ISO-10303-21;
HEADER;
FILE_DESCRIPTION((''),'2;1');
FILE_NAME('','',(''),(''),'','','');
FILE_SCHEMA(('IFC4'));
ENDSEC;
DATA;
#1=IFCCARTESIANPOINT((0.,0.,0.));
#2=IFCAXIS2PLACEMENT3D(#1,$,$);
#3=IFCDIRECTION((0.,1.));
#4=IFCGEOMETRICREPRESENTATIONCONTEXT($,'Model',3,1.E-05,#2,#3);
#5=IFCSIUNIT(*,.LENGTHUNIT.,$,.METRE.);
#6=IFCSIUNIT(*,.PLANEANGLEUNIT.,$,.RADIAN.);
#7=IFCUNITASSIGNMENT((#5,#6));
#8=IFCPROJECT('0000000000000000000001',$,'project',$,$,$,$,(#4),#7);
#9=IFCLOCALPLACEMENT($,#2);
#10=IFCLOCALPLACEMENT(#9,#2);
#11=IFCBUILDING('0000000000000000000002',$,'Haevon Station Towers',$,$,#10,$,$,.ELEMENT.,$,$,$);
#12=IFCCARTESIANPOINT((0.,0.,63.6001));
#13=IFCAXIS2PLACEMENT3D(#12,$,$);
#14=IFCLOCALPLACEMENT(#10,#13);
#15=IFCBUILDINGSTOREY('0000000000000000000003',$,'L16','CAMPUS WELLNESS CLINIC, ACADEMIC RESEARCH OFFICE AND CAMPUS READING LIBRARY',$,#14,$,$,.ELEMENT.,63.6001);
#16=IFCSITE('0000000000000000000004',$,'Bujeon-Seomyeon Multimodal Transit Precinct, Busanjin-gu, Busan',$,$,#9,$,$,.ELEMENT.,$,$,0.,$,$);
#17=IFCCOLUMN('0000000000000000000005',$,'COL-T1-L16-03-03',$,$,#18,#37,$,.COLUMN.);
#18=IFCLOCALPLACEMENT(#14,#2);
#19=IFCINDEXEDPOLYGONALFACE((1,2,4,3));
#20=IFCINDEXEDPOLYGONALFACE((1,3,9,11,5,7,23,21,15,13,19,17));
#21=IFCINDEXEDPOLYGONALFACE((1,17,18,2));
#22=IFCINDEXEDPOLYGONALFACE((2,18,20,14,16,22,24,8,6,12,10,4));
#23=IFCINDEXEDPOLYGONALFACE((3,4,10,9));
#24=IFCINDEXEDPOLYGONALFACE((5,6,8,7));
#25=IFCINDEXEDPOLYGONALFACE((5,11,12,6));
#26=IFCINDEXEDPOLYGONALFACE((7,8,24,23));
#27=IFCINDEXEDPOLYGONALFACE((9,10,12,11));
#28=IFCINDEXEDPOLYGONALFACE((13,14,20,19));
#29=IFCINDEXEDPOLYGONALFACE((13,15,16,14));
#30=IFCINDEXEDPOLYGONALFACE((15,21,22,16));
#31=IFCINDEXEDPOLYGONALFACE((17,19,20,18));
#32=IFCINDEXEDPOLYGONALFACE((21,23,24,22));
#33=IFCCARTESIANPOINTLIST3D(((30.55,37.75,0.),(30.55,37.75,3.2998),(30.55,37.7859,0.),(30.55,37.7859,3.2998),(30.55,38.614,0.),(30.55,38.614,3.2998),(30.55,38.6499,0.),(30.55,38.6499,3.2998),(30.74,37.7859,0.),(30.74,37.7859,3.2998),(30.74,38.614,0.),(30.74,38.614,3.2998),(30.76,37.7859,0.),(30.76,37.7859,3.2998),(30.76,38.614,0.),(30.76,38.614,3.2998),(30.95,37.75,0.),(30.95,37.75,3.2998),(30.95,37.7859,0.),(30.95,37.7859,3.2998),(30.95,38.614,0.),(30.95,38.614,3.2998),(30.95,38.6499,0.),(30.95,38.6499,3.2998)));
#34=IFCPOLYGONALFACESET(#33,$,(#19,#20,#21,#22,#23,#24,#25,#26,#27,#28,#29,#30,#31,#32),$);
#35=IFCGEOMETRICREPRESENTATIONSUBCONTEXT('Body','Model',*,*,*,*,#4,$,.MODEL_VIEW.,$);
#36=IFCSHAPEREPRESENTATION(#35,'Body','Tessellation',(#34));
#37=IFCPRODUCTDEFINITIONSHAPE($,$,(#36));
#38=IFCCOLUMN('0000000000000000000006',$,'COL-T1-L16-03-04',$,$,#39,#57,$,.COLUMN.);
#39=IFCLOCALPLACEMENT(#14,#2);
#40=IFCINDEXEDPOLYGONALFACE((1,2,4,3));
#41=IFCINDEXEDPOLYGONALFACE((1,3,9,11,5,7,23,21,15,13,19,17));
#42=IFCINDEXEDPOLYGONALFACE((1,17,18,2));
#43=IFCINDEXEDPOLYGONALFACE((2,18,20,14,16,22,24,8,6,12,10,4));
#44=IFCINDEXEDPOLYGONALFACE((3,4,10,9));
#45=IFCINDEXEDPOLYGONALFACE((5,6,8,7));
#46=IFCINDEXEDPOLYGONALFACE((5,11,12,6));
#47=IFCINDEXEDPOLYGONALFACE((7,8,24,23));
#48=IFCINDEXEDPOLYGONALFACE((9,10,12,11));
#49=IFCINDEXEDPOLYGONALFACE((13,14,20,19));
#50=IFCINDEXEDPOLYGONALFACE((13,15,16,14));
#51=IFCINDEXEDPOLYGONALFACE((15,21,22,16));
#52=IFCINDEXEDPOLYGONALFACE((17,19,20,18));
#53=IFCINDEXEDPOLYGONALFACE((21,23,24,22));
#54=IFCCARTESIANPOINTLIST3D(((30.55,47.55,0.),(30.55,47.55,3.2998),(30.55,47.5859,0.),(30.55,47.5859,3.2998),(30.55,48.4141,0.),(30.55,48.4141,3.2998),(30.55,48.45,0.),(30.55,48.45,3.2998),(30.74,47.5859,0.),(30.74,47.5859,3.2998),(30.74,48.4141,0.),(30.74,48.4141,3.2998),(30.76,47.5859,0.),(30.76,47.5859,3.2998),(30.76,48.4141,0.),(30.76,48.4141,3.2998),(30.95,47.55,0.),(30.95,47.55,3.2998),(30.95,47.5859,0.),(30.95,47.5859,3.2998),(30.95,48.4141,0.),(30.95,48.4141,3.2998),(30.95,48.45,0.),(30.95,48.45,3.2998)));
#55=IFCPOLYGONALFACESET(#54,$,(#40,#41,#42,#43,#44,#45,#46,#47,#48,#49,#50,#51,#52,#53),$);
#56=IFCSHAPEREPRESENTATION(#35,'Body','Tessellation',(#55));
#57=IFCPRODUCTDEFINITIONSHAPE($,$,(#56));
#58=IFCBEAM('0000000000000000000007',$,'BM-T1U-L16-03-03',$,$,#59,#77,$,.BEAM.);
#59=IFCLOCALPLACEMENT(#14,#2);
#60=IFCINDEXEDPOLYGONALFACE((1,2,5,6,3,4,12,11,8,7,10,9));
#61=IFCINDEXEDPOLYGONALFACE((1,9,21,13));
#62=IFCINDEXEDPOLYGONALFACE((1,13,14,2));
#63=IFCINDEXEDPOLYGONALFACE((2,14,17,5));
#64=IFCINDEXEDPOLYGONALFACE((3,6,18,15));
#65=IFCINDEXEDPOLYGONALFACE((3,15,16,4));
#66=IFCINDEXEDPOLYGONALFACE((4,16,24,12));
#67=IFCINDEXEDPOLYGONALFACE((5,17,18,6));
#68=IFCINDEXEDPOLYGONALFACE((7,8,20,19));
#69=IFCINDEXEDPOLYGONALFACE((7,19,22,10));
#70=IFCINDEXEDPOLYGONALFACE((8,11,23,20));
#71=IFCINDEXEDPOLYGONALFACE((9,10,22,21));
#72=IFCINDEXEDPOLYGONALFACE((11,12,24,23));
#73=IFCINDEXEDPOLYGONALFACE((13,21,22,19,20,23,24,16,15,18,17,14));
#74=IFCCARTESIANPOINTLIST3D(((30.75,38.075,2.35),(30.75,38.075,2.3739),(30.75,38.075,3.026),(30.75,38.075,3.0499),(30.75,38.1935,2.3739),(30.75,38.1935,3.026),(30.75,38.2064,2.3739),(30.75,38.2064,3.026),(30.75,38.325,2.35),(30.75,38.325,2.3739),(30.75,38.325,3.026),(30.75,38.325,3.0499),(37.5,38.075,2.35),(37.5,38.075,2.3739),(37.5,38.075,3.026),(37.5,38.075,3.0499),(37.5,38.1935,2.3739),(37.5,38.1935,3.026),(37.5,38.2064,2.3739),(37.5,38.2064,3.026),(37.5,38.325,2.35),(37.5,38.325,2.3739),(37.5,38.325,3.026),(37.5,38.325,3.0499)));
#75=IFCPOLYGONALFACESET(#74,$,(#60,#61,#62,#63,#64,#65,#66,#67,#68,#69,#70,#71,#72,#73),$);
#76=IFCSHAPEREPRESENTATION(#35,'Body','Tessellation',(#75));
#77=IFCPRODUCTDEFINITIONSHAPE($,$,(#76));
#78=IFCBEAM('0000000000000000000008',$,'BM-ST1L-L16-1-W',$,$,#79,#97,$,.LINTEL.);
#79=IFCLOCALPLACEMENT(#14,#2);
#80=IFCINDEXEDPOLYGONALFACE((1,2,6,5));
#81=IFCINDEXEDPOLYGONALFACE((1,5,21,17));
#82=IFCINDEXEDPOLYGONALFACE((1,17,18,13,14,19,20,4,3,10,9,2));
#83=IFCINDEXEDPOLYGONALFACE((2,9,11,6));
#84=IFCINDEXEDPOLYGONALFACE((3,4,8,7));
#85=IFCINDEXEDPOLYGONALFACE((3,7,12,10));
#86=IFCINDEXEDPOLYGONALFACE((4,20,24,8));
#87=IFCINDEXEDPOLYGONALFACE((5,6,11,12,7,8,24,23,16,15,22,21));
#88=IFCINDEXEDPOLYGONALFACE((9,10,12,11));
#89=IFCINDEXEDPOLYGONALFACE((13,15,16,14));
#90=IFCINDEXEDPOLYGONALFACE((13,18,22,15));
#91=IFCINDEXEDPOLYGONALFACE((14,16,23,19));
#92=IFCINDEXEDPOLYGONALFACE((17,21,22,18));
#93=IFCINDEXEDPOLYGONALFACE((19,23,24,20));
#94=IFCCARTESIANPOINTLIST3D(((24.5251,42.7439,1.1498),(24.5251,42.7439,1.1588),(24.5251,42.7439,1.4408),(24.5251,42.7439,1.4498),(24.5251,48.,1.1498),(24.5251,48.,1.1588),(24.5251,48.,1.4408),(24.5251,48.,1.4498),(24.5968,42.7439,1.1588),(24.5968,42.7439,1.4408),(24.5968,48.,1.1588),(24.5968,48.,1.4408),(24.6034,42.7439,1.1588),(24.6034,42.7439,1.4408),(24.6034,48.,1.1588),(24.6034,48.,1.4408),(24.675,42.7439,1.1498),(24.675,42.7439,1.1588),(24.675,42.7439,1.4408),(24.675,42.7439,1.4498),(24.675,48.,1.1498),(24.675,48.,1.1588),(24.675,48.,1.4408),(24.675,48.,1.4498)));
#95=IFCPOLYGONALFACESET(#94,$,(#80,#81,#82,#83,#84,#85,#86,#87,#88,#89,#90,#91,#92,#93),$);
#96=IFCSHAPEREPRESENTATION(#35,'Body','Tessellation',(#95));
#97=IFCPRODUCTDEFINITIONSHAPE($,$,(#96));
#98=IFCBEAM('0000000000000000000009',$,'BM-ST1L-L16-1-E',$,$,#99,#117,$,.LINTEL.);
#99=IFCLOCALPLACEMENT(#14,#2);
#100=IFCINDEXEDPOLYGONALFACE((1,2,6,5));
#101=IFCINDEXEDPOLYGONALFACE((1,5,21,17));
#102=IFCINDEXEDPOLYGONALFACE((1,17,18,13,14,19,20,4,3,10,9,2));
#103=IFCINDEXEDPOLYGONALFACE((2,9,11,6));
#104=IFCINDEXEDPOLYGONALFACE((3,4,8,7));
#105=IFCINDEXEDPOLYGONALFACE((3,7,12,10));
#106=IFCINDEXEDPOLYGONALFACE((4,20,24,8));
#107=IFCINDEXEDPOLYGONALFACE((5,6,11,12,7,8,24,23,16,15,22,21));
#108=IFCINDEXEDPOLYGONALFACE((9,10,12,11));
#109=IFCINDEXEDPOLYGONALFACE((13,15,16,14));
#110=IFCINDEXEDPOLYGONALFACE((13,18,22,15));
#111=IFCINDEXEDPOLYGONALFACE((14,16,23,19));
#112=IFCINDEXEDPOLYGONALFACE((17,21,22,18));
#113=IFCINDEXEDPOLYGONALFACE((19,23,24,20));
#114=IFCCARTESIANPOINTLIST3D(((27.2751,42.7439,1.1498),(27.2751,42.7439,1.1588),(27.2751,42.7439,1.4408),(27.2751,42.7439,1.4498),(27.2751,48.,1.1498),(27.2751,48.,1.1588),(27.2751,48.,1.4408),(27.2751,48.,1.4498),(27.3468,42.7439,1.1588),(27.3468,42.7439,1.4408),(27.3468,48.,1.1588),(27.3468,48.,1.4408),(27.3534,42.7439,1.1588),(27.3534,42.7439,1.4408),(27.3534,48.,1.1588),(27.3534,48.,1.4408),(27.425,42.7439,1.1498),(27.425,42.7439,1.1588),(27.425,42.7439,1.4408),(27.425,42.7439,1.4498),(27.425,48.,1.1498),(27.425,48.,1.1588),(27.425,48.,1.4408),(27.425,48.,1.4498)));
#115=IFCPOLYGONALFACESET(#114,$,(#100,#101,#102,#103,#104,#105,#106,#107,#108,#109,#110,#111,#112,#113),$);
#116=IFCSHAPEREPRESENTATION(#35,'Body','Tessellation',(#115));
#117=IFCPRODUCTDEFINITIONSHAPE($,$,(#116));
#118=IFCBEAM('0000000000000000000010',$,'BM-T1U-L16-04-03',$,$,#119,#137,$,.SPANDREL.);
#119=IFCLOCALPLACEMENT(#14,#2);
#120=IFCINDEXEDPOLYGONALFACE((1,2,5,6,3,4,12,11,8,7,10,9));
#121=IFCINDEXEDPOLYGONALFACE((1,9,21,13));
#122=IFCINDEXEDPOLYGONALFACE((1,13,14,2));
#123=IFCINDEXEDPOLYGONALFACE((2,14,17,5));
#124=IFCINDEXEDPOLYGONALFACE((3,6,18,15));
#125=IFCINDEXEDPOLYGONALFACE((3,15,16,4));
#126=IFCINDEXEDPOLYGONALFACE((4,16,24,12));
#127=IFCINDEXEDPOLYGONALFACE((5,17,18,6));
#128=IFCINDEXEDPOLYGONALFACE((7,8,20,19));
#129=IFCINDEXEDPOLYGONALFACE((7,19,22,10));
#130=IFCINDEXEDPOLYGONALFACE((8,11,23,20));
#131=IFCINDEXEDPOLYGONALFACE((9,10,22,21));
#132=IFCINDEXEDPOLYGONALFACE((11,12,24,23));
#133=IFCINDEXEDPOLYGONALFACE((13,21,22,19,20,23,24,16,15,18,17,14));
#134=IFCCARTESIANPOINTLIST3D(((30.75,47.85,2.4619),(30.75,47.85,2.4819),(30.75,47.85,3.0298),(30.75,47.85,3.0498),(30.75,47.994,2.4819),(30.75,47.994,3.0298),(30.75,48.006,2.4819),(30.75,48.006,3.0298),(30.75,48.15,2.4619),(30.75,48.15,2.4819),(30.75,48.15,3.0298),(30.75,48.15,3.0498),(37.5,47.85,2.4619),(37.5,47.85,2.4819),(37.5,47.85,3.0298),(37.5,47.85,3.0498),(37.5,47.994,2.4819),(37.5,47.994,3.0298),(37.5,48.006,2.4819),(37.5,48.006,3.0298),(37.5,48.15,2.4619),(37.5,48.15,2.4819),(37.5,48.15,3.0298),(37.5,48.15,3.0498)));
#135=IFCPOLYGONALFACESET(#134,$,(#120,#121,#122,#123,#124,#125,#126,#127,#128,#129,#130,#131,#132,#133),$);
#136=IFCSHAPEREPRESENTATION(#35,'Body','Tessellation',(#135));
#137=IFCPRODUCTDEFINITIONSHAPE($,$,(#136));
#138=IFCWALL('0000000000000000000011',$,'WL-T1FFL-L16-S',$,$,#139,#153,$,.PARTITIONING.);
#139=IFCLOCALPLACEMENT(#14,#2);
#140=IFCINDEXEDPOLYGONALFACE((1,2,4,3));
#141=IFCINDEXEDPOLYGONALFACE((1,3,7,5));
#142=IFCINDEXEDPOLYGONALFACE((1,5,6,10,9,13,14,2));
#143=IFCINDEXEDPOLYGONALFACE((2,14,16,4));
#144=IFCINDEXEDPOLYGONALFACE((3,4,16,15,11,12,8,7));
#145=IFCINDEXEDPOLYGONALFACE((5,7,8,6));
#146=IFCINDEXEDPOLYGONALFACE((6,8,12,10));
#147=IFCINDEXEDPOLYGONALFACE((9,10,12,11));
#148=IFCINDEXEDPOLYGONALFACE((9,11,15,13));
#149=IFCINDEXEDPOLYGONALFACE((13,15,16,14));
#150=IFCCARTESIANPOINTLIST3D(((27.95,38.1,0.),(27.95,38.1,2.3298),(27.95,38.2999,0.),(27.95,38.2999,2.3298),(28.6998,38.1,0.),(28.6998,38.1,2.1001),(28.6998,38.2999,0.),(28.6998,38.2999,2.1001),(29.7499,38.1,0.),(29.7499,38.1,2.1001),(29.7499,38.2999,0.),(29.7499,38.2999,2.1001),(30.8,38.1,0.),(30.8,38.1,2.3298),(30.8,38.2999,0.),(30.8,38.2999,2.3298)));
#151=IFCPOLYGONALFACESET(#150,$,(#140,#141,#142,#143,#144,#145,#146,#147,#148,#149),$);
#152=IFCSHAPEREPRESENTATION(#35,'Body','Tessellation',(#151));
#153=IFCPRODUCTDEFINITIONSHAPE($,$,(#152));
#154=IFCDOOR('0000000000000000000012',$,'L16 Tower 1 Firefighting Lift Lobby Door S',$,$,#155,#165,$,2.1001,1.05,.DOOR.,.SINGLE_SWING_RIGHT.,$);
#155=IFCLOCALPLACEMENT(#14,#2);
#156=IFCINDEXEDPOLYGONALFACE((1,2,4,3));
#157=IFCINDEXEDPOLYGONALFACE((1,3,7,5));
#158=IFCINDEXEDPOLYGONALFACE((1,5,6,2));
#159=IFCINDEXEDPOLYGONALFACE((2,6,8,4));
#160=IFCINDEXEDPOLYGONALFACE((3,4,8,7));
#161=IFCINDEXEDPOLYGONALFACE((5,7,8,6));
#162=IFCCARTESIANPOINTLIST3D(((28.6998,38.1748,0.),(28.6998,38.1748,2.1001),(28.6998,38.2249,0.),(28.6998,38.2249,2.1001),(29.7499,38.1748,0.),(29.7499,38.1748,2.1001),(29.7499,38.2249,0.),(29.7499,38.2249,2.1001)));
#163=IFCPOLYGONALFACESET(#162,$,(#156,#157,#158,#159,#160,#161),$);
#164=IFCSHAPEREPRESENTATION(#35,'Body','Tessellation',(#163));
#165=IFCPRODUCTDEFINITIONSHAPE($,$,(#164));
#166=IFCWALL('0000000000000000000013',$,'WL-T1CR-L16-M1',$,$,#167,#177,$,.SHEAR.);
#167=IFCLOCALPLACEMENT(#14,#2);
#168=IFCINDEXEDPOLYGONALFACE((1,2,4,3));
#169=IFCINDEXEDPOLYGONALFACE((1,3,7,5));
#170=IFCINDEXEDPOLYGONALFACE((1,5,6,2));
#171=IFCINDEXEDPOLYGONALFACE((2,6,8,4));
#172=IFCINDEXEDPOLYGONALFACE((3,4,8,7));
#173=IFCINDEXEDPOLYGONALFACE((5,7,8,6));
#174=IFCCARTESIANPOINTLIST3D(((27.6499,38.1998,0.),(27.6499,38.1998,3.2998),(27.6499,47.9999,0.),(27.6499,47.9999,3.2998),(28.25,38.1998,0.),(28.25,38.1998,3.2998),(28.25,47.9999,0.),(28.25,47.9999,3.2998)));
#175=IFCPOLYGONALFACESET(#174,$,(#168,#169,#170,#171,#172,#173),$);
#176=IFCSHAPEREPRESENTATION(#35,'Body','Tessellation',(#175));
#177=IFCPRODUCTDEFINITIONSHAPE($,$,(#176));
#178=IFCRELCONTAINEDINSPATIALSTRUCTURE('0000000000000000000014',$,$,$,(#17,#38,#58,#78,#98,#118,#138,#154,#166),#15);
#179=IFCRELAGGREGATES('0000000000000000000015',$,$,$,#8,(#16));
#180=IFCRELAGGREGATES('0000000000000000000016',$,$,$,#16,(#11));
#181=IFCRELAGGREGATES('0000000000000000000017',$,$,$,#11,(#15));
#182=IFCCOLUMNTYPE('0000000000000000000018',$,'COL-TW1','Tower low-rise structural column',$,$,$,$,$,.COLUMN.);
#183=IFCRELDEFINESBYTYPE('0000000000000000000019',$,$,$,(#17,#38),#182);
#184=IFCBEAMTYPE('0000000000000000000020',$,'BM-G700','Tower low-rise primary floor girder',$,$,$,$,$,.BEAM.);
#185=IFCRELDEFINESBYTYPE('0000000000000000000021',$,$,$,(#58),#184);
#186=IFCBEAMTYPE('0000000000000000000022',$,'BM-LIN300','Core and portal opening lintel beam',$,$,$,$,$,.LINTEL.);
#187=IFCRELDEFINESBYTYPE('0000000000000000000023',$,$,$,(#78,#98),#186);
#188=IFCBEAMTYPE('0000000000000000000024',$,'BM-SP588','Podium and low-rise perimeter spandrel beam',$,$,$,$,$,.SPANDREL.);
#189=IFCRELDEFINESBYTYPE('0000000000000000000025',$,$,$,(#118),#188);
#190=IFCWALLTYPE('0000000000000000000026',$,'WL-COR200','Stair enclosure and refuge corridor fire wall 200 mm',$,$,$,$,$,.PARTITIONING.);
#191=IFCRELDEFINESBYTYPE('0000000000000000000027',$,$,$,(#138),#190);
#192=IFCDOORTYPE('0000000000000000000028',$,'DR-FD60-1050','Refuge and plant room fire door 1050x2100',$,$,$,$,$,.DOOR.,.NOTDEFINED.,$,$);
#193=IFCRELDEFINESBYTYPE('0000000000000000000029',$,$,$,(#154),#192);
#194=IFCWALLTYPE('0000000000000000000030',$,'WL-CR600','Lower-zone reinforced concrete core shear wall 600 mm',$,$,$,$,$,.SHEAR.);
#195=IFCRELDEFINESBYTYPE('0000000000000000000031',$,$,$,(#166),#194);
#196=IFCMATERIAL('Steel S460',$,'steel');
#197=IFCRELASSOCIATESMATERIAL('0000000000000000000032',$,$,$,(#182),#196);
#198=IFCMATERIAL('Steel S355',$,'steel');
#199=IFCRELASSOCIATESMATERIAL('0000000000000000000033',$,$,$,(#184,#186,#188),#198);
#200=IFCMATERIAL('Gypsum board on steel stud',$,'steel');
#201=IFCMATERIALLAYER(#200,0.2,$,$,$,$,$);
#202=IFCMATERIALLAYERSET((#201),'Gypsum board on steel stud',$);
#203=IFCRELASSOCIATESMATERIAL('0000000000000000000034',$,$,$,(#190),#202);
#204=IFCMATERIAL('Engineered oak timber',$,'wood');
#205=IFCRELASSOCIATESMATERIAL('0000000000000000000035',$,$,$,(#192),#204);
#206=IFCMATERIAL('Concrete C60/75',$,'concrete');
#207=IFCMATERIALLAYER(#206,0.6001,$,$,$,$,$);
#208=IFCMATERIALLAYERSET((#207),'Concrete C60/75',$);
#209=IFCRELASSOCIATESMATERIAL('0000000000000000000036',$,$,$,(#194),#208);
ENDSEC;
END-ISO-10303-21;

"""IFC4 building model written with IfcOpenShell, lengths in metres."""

from ifc_helpers import new_model, si_unit, direction, frame, frame_2d, origin, origin_2d, place, context, subcontext, project, spatial, rectangle, i_section, extrude, material, layer, layer_set, material_profile, profile_set, type_object, element, fill, save


model = new_model("IFC4")

# Units and contexts
model_context = context("Model", 3, precision=1e-05, world=origin(), true_north=direction((0.0, 1.0)))
body_context = subcontext(model_context, "Body", "Model", "MODEL_VIEW")
ifc_project = project(units=[si_unit("LENGTHUNIT", "METRE"), si_unit("PLANEANGLEUNIT", "RADIAN")], contexts=[model_context])

# Site, building, storey
site_placement = place(None, origin())
site = spatial("IfcSite", under=ifc_project, at=site_placement, Name="Bujeon-Seomyeon Multimodal Transit Precinct, Busanjin-gu, Busan", CompositionType="ELEMENT", RefElevation=0.0)
building_placement = place(site_placement, origin())
building = spatial("IfcBuilding", under=site, at=building_placement, Name="Haevon Station Towers", CompositionType="ELEMENT")
storey_placement = place(building_placement, frame((0.0, 0.0, 63.6001)))
storey = spatial("IfcBuildingStorey", under=building, at=storey_placement, Name="L16", Description="CAMPUS WELLNESS CLINIC, ACADEMIC RESEARCH OFFICE AND CAMPUS READING LIBRARY", CompositionType="ELEMENT", Elevation=63.6001)

# Columns
ifc_material_1 = material(Name="Steel S460", Category="steel")
ifc_material_profile_1 = material_profile(ifc_material_1, i_section(OverallWidth=0.3999, OverallDepth=0.8999, WebThickness=0.02, FlangeThickness=0.0359, at=origin_2d()), Name="H-900x400x20x36")
ifc_profile_set_1 = profile_set([ifc_material_profile_1], Name="Steel S460")
column_type = type_object("IfcColumnType", Name="COL-TW1", Description="Tower low-rise structural column", PredefinedType="COLUMN", material=ifc_profile_set_1)
for number, where, z_axis, x_axis, name in (
    (1, (30.75, 38.2, 0.0), (0.0, 0.0, 1.0), (1.0, 0.0, 0.0), "COL-T1-L16-03-03"),
    (2, (30.75, 48.0, 0.0), (0.0, 0.0, 1.0), (1.0, 0.0, 0.0), "COL-T1-L16-03-04"),
):
    element("IfcColumn", number, at=place(storey_placement, frame(where, z_axis=z_axis, x_axis=x_axis)), inside=storey, type_object=column_type, Name=name, PredefinedType="COLUMN", context=body_context, shape_type="SweptSolid", body=[
        extrude(i_section(OverallWidth=0.3999, OverallDepth=0.8999, WebThickness=0.02, FlangeThickness=0.0359, at=origin_2d()), origin(), (0.0, 0.0, 1.0), 3.2998),
    ])

# Beams
ifc_material_2 = material(Name="Steel S355", Category="steel")
ifc_material_profile_2 = material_profile(ifc_material_2, i_section(OverallWidth=0.25, OverallDepth=0.7, WebThickness=0.0129, FlangeThickness=0.0239, at=origin_2d()), Name="H-700x250x13x24")
ifc_profile_set_2 = profile_set([ifc_material_profile_2], Name="Steel S355")
beam_type_1 = type_object("IfcBeamType", Name="BM-G700", Description="Tower low-rise primary floor girder", PredefinedType="BEAM", material=ifc_profile_set_2)
beam_1_placement = place(storey_placement, frame((30.75, 38.2, 2.7), z_axis=(1.0, 0.0, 0.0), x_axis=(0.0, 1.0, 0.0)))
element("IfcBeam", 3, at=beam_1_placement, inside=storey, type_object=beam_type_1, Name="BM-T1U-L16-03-03", PredefinedType="BEAM", context=body_context, shape_type="SweptSolid", body=[
    extrude(i_section(OverallWidth=0.25, OverallDepth=0.7, WebThickness=0.0129, FlangeThickness=0.0239, at=origin_2d()), origin(), (0.0, 0.0, 1.0), 6.75),
])
ifc_material_profile_3 = material_profile(ifc_material_2, i_section(OverallWidth=0.1499, OverallDepth=0.3, WebThickness=0.0066, FlangeThickness=0.009, at=origin_2d()), Name="H-300x150x6.5x9")
ifc_profile_set_3 = profile_set([ifc_material_profile_3], Name="Steel S355")
beam_type_2 = type_object("IfcBeamType", Name="BM-LIN300", Description="Core and portal opening lintel beam", PredefinedType="LINTEL", material=ifc_profile_set_3)
for number, where, z_axis, x_axis, name in (
    (4, (24.6001, 42.7439, 1.2998), (0.0, 1.0, 0.0), (-1.0, 0.0, 0.0), "BM-ST1L-L16-1-W"),
    (5, (27.3501, 42.7439, 1.2998), (0.0, 1.0, 0.0), (-1.0, 0.0, 0.0), "BM-ST1L-L16-1-E"),
):
    element("IfcBeam", number, at=place(storey_placement, frame(where, z_axis=z_axis, x_axis=x_axis)), inside=storey, type_object=beam_type_2, Name=name, PredefinedType="LINTEL", context=body_context, shape_type="SweptSolid", body=[
        extrude(i_section(OverallWidth=0.1499, OverallDepth=0.3, WebThickness=0.0066, FlangeThickness=0.009, at=origin_2d()), origin(), (0.0, 0.0, 1.0), 5.2561),
    ])
ifc_material_profile_4 = material_profile(ifc_material_2, i_section(OverallWidth=0.3, OverallDepth=0.5879, WebThickness=0.012, FlangeThickness=0.02, at=origin_2d()), Name="H-588x300x12x20")
ifc_profile_set_4 = profile_set([ifc_material_profile_4], Name="Steel S355")
beam_type_3 = type_object("IfcBeamType", Name="BM-SP588", Description="Podium and low-rise perimeter spandrel beam", PredefinedType="SPANDREL", material=ifc_profile_set_4)
beam_2_placement = place(storey_placement, frame((30.75, 48.0, 2.7559), z_axis=(1.0, 0.0, 0.0), x_axis=(0.0, 1.0, 0.0)))
element("IfcBeam", 6, at=beam_2_placement, inside=storey, type_object=beam_type_3, Name="BM-T1U-L16-04-03", PredefinedType="SPANDREL", context=body_context, shape_type="SweptSolid", body=[
    extrude(i_section(OverallWidth=0.3, OverallDepth=0.5879, WebThickness=0.012, FlangeThickness=0.02, at=origin_2d()), origin(), (0.0, 0.0, 1.0), 6.75),
])

# Wall, opening, door
ifc_material_3 = material(Name="Gypsum board on steel stud", Category="steel")
ifc_layer_1 = layer(ifc_material_3, 0.2)
ifc_layer_set_1 = layer_set([ifc_layer_1], Name="Gypsum board on steel stud")
wall_type_1 = type_object("IfcWallType", Name="WL-COR200", Description="Stair enclosure and refuge corridor fire wall 200 mm", PredefinedType="PARTITIONING", material=ifc_layer_set_1)
wall_1_placement = place(storey_placement, frame((27.95, 38.2, 0.0), z_axis=(0.0, 0.0, 1.0), x_axis=(1.0, 0.0, 0.0)))
wall_1 = element("IfcWall", 7, at=wall_1_placement, inside=storey, type_object=wall_type_1, Name="WL-T1FFL-L16-S", PredefinedType="PARTITIONING", context=body_context, shape_type="SweptSolid", body=[
    extrude(rectangle(XDim=2.8501, YDim=0.2, at=frame_2d((1.425, 0.0))), origin(), (0.0, 0.0, 1.0), 2.3298),
])
opening_1_placement = place(wall_1_placement, frame((0.75, 0.0, 0.0)))
opening_1 = element("IfcOpeningElement", 8, at=opening_1_placement, cuts=wall_1, PredefinedType="OPENING", context=body_context, shape_type="SweptSolid", body=[
    extrude(rectangle(XDim=1.05, YDim=2.1001, at=frame_2d((0.5249, 1.05))), frame((0.0, 0.1099, 0.0), z_axis=(0.0, -1.0, 0.0), x_axis=(1.0, 0.0, 0.0)), (0.0, 0.0, 1.0), 0.22),
])
ifc_material_4 = material(Name="Engineered oak timber", Category="wood")
door_type_1 = type_object("IfcDoorType", Name="DR-FD60-1050", Description="Refuge and plant room fire door 1050x2100", OperationType="NOTDEFINED", PredefinedType="DOOR", material=ifc_material_4)
door_1_placement = place(opening_1_placement, origin())
door_1 = element("IfcDoor", 9, at=door_1_placement, inside=storey, type_object=door_type_1, Name="L16 Tower 1 Firefighting Lift Lobby Door S", OperationType="SINGLE_SWING_RIGHT", OverallHeight=2.1001, OverallWidth=1.05, PredefinedType="DOOR", context=body_context, shape_type="SweptSolid", body=[
    extrude(rectangle(XDim=1.05, YDim=2.1001, at=frame_2d((0.5249, 1.05))), frame((0.0, 0.0249, 0.0), z_axis=(0.0, -1.0, 0.0), x_axis=(1.0, 0.0, 0.0)), (0.0, 0.0, 1.0), 0.05),
])
fill(opening_1, door_1)

# Wall
ifc_material_5 = material(Name="Concrete C60/75", Category="concrete")
ifc_layer_2 = layer(ifc_material_5, 0.6001)
ifc_layer_set_2 = layer_set([ifc_layer_2], Name="Concrete C60/75")
wall_type_2 = type_object("IfcWallType", Name="WL-CR600", Description="Lower-zone reinforced concrete core shear wall 600 mm", PredefinedType="SHEAR", material=ifc_layer_set_2)
wall_2_placement = place(storey_placement, frame((27.95, 38.2, 0.0), z_axis=(0.0, 0.0, 1.0), x_axis=(0.0, 1.0, 0.0)))
element("IfcWall", 10, at=wall_2_placement, inside=storey, type_object=wall_type_2, Name="WL-T1CR-L16-M1", PredefinedType="SHEAR", context=body_context, shape_type="SweptSolid", body=[
    extrude(rectangle(XDim=9.8, YDim=0.6001, at=frame_2d((4.8999, 0.0))), origin(), (0.0, 0.0, 1.0), 3.2998),
])

save(model, "model.ifc")
